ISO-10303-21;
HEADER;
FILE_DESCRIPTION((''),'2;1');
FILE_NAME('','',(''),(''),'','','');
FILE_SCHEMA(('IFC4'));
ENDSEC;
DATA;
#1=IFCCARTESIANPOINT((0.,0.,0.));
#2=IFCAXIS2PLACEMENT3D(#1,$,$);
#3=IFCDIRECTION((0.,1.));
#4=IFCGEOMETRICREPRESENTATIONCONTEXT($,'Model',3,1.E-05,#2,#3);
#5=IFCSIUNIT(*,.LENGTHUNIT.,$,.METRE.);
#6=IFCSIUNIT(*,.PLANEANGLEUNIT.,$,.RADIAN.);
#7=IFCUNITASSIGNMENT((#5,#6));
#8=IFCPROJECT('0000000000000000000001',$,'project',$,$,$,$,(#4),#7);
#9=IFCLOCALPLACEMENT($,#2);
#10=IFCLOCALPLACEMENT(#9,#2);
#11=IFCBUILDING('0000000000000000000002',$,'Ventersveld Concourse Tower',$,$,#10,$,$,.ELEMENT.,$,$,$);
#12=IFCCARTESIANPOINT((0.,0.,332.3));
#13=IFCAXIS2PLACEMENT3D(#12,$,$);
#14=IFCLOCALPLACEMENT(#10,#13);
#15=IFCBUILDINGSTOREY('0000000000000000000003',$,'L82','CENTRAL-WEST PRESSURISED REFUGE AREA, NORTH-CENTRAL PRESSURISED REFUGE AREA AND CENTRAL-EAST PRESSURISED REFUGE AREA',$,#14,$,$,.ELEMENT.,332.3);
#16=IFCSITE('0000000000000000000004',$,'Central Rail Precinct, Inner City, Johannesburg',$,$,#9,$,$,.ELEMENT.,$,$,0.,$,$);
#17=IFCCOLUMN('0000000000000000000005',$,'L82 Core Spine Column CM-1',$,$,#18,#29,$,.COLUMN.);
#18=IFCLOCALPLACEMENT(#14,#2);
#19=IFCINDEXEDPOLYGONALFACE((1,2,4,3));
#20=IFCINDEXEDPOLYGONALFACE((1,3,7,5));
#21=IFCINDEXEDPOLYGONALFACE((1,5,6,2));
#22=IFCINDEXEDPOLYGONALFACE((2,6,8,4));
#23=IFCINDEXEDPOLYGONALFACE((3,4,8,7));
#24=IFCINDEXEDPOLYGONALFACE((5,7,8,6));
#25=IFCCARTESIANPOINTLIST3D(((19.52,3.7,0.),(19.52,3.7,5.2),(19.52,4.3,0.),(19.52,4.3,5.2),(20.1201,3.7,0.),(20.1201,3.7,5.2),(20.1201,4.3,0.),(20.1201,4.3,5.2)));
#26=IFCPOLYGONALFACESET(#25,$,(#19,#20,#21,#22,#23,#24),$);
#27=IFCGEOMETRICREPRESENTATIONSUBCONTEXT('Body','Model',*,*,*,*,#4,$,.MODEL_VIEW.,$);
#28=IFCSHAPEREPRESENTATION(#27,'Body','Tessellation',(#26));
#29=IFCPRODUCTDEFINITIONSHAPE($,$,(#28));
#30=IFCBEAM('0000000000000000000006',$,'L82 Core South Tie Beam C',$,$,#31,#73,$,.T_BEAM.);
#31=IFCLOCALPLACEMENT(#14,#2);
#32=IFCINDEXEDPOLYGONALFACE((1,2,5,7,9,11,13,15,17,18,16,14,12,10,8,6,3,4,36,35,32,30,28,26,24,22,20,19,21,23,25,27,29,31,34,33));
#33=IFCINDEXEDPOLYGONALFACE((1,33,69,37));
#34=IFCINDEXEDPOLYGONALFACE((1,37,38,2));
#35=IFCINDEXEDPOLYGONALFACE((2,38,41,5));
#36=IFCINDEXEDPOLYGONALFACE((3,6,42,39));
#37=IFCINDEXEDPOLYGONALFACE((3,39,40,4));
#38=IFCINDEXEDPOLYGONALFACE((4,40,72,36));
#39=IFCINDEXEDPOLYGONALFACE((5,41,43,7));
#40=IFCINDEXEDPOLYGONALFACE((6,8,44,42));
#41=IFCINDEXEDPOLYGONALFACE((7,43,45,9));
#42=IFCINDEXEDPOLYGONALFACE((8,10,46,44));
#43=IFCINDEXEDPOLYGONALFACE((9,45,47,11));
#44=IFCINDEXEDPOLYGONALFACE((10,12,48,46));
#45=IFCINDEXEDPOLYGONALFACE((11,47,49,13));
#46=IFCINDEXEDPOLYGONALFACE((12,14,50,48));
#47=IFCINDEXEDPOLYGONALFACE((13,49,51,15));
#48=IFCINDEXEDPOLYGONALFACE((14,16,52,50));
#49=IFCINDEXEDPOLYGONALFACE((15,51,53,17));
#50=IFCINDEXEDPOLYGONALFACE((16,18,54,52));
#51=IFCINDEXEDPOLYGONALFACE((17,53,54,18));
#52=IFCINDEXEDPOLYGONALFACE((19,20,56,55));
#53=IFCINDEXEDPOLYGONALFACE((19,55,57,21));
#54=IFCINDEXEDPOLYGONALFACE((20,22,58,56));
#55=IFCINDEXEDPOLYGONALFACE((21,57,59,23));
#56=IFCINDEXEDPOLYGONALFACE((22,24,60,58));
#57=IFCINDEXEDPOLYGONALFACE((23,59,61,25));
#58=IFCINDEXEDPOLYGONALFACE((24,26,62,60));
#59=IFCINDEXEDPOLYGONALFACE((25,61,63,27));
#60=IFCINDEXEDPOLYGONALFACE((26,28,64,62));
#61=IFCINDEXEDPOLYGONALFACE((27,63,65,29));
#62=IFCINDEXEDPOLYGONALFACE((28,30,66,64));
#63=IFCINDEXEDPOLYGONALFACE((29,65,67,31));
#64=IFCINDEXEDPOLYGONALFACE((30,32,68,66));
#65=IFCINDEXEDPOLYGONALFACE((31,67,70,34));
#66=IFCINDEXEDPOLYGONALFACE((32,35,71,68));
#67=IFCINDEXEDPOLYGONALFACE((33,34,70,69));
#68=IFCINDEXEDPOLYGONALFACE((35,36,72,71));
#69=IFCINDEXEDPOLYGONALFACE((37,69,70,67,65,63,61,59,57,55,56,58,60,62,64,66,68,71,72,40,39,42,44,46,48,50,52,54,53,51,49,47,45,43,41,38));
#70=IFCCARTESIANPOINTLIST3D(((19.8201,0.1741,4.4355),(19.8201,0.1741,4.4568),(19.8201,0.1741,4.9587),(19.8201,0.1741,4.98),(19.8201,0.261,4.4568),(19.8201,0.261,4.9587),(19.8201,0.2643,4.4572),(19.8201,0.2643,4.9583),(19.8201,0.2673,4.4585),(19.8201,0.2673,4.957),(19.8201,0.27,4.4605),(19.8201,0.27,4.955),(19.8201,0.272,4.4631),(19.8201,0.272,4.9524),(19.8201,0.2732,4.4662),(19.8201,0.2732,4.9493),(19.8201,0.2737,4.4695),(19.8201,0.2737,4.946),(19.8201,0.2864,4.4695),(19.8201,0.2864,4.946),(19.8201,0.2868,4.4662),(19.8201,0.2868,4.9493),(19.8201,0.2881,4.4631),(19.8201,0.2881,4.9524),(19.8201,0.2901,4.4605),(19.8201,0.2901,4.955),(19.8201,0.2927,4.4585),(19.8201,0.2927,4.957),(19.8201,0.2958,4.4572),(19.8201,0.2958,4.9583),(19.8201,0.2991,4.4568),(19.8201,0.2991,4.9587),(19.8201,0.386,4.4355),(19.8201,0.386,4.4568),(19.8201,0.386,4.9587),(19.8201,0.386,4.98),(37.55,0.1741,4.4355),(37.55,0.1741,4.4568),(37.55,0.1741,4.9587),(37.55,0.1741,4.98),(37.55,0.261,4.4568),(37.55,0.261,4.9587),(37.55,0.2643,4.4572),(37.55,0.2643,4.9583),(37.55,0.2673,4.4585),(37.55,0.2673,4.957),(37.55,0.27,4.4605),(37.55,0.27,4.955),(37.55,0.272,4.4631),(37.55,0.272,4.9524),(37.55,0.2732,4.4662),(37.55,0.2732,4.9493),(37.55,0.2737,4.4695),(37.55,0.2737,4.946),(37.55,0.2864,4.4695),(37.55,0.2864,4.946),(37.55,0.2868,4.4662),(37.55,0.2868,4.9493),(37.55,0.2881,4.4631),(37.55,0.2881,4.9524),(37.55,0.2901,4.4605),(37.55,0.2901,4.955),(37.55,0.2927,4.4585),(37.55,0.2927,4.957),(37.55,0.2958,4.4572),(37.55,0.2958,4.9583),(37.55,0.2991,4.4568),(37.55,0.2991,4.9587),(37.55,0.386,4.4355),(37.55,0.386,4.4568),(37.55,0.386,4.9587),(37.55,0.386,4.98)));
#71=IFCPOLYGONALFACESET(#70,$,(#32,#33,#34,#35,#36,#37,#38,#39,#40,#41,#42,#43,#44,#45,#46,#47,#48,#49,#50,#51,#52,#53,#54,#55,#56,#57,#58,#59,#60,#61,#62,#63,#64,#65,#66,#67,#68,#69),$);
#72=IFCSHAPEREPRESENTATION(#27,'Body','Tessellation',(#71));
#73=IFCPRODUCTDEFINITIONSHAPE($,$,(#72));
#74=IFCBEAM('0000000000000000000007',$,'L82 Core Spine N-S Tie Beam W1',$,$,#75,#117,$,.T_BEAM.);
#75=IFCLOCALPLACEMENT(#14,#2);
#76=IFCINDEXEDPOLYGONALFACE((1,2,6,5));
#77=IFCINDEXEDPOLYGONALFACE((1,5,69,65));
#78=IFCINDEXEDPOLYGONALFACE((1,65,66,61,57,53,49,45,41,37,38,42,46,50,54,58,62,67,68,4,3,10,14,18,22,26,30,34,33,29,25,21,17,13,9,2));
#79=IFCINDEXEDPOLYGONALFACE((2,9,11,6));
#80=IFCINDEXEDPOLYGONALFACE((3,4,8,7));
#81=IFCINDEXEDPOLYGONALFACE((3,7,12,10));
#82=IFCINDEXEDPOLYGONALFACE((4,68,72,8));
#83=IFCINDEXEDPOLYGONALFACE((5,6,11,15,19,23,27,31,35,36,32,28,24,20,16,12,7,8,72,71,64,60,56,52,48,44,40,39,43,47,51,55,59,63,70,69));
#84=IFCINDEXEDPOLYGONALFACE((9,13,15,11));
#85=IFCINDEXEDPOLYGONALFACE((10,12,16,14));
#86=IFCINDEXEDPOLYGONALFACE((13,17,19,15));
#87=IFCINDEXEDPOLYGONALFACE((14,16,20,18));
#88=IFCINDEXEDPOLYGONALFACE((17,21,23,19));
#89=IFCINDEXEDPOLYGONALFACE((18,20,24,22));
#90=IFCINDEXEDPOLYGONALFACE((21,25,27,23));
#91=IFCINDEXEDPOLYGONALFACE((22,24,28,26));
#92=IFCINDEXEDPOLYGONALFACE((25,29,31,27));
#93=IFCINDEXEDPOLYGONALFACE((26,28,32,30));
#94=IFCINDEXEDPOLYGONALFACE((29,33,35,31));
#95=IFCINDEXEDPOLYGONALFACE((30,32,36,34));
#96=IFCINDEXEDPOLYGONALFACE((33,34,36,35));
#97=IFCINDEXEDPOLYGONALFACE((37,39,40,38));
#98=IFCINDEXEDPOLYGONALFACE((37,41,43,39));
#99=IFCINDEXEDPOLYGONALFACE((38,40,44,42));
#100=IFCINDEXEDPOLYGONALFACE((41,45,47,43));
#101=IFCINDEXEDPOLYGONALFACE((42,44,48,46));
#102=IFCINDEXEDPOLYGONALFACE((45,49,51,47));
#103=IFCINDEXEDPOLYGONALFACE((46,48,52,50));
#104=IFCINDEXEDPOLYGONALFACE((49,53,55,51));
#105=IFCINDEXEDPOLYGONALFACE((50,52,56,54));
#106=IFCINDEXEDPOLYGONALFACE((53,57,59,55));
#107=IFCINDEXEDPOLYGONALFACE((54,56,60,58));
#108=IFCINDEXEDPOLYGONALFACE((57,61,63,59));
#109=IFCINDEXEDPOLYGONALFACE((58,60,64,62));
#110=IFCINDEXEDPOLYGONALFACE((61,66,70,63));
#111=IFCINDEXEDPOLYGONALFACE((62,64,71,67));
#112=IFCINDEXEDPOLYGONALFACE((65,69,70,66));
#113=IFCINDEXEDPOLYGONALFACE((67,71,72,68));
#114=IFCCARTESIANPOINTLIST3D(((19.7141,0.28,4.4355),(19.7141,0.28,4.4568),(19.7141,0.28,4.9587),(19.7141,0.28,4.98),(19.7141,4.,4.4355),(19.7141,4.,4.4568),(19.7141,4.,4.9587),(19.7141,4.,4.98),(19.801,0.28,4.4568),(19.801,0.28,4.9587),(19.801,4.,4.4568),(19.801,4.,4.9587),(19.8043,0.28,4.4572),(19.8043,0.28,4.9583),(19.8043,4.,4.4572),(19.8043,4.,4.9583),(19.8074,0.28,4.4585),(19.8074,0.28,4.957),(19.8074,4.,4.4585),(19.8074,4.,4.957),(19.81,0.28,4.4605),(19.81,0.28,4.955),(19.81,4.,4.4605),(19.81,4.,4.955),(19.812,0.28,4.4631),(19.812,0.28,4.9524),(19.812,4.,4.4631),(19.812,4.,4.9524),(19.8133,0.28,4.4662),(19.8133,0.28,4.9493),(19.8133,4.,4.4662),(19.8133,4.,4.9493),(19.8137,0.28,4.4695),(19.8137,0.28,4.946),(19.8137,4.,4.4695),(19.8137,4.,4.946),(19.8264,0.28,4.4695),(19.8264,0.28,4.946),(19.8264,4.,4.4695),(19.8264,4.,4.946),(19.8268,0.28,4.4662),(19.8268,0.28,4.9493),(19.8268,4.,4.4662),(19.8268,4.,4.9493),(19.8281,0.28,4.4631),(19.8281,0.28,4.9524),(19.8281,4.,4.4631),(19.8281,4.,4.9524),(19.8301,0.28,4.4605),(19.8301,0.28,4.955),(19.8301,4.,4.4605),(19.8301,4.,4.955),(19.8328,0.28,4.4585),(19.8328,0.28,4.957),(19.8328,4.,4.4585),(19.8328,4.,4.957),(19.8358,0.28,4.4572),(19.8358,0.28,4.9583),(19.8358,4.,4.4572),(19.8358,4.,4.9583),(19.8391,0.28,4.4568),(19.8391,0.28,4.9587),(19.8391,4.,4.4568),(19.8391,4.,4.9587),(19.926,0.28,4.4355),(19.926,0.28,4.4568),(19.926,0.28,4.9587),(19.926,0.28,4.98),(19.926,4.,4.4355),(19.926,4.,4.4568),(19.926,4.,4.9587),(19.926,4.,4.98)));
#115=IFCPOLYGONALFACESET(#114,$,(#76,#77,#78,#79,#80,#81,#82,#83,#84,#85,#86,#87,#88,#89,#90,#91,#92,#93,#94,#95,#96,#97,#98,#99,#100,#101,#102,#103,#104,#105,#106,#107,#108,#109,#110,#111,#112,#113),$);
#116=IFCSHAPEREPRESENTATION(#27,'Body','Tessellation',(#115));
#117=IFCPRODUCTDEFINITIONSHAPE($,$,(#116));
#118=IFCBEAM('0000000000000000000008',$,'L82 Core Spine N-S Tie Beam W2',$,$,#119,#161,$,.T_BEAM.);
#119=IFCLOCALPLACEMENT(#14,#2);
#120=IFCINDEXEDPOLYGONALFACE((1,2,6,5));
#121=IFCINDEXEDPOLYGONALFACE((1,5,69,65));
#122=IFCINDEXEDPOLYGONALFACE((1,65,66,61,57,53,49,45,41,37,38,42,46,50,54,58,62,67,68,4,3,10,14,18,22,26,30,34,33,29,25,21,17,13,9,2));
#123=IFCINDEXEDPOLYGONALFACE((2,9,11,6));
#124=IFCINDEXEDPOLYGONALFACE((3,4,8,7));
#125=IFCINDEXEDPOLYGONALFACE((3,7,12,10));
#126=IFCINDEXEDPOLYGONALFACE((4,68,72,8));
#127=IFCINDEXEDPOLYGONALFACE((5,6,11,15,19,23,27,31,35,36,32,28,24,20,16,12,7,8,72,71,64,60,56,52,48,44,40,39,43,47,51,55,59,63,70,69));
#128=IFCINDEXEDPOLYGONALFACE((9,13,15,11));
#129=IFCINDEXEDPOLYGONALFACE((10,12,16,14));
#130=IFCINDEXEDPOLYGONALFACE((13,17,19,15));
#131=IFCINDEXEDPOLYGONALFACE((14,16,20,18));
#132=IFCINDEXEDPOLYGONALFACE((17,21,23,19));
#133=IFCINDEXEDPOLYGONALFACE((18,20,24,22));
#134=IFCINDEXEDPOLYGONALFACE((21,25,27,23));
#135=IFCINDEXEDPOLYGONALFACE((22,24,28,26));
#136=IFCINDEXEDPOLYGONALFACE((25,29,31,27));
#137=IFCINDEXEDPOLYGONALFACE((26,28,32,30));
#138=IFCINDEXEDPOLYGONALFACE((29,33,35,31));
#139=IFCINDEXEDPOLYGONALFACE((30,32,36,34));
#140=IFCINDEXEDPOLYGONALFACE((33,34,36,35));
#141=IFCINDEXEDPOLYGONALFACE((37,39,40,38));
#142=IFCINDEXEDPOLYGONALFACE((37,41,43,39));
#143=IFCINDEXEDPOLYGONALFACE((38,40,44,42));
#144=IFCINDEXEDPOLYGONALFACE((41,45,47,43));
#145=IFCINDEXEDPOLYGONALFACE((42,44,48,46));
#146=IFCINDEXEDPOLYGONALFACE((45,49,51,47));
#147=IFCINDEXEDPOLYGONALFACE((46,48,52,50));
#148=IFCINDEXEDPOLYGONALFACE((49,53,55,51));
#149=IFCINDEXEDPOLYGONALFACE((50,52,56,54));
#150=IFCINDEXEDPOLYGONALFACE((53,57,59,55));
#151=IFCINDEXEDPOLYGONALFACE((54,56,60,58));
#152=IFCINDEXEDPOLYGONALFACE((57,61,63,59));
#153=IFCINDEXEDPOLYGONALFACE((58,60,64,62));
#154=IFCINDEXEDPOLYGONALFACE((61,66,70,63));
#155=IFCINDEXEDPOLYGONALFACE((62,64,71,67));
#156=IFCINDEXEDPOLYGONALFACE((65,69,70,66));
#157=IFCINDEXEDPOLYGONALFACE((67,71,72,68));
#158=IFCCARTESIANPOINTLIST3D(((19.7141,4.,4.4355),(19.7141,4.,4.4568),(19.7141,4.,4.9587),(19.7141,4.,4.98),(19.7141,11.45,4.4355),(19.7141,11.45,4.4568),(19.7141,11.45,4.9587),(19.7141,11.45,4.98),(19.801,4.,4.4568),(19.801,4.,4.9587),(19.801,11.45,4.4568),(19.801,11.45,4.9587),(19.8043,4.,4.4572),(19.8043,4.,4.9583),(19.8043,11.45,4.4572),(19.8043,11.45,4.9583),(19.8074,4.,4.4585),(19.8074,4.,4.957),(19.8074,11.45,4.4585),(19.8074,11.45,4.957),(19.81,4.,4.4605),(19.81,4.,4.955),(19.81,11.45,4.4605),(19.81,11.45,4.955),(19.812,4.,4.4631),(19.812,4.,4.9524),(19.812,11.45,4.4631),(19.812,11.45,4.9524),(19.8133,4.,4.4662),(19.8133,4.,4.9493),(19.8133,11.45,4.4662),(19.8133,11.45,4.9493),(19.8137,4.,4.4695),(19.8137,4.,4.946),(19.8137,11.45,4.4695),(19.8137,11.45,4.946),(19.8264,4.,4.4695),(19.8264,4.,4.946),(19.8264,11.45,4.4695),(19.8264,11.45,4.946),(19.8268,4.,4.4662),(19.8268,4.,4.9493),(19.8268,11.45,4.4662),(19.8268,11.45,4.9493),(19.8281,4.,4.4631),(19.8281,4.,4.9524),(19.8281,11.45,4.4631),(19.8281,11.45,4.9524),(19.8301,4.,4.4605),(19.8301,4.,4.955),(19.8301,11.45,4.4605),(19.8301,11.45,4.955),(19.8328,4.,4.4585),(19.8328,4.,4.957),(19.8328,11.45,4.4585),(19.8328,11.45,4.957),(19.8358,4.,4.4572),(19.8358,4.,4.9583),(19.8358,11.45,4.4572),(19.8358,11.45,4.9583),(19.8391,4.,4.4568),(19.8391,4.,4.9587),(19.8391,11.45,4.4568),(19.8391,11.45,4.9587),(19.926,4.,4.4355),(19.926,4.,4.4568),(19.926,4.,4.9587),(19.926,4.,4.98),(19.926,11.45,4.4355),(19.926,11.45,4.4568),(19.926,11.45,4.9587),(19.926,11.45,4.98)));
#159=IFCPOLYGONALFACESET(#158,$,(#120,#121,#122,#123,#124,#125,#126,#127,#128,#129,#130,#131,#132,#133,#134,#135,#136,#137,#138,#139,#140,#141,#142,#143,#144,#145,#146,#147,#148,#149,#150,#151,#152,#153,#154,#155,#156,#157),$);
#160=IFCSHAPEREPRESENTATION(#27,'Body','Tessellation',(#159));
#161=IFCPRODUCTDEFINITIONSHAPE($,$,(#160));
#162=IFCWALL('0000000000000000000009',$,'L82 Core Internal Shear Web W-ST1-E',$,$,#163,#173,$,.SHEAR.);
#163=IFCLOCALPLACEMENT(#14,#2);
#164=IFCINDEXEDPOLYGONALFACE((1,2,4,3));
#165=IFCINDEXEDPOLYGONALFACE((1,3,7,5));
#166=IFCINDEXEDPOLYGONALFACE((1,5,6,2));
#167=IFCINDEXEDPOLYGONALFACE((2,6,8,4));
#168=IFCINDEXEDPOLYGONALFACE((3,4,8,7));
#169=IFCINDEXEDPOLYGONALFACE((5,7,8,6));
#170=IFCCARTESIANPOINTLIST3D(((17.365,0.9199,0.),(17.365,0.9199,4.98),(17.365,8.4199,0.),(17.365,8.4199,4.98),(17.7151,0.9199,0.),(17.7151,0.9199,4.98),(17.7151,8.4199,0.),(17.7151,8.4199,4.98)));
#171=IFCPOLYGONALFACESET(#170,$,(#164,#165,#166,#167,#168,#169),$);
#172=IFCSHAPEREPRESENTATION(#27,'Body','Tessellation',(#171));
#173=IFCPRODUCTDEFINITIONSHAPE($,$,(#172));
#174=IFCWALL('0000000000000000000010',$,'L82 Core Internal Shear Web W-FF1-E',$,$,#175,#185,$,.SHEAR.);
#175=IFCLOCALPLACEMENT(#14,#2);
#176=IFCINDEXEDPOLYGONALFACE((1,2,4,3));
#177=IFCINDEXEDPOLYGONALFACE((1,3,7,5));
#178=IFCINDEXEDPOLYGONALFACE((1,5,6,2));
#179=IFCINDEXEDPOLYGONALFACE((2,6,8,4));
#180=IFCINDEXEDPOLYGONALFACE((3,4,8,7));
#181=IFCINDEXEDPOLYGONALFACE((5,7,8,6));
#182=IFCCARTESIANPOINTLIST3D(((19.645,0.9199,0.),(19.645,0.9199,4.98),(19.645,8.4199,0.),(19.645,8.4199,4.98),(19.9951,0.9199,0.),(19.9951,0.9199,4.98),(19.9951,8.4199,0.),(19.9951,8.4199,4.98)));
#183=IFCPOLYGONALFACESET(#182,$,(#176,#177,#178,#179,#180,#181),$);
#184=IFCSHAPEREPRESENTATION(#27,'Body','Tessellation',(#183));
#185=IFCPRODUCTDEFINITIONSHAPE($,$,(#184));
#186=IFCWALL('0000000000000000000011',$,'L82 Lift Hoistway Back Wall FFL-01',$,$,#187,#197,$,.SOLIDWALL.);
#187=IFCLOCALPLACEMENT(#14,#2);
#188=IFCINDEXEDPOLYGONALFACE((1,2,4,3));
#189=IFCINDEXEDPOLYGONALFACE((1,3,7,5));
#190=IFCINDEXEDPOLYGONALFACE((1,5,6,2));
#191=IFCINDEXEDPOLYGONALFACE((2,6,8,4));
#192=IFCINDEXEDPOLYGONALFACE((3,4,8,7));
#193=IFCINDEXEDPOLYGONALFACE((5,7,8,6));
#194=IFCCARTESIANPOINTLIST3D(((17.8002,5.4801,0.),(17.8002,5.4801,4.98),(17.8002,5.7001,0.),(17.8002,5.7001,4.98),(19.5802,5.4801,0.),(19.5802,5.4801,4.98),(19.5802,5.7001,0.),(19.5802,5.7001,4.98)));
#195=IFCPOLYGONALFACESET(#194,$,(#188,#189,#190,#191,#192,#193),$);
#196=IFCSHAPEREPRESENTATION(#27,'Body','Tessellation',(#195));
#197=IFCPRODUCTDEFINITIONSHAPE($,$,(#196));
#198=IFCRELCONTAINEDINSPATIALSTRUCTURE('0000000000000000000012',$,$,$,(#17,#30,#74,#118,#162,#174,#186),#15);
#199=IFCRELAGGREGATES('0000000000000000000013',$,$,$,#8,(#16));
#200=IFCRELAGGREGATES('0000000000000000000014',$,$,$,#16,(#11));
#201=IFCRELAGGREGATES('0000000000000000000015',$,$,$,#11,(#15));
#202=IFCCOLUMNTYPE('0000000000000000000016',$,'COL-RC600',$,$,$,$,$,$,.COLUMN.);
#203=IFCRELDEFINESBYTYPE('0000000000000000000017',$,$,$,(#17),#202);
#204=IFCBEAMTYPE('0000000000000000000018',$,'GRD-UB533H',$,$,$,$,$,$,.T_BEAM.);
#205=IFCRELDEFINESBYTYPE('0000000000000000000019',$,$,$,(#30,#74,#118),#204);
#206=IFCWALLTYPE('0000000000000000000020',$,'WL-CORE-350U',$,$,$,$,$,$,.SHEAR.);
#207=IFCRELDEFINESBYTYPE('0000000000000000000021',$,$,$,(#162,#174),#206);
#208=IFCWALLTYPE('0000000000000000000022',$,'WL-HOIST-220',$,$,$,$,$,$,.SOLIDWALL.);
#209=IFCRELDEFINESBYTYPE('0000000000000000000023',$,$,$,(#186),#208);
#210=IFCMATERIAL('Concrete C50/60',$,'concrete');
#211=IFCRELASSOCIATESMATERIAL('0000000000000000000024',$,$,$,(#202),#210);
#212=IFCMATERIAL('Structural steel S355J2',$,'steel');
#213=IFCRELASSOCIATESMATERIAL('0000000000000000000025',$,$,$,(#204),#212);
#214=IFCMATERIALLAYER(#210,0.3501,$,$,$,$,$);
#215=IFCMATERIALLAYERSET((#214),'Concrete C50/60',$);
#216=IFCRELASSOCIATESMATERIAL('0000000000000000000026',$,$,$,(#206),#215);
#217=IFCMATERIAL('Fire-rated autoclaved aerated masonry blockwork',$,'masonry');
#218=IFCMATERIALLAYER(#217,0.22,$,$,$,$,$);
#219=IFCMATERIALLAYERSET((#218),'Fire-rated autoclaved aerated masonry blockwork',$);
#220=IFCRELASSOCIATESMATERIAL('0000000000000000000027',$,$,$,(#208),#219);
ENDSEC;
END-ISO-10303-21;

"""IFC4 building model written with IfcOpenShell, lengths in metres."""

from ifc_helpers import new_model, si_unit, direction, frame, frame_2d, origin, origin_2d, place, context, subcontext, project, spatial, rectangle, i_section, extrude, material, layer, layer_set, material_profile, profile_set, type_object, element, save


model = new_model("IFC4")

# Units and contexts
model_context = context("Model", 3, precision=1e-05, world=origin(), true_north=direction((0.0, 1.0)))
body_context = subcontext(model_context, "Body", "Model", "MODEL_VIEW")
ifc_project = project(units=[si_unit("LENGTHUNIT", "METRE"), si_unit("PLANEANGLEUNIT", "RADIAN")], contexts=[model_context])

# Site, building, storey
site_placement = place(None, origin())
site = spatial("IfcSite", under=ifc_project, at=site_placement, Name="Central Rail Precinct, Inner City, Johannesburg", CompositionType="ELEMENT", RefElevation=0.0)
building_placement = place(site_placement, origin())
building = spatial("IfcBuilding", under=site, at=building_placement, Name="Ventersveld Concourse Tower", CompositionType="ELEMENT")
storey_placement = place(building_placement, frame((0.0, 0.0, 332.3)))
storey = spatial("IfcBuildingStorey", under=building, at=storey_placement, Name="L82", Description="CENTRAL-WEST PRESSURISED REFUGE AREA, NORTH-CENTRAL PRESSURISED REFUGE AREA AND CENTRAL-EAST PRESSURISED REFUGE AREA", CompositionType="ELEMENT", Elevation=332.3)

# Column
ifc_material_1 = material(Name="Concrete C50/60", Category="concrete")
ifc_material_profile_1 = material_profile(ifc_material_1, rectangle(XDim=0.6001, YDim=0.6001, at=origin_2d()), Name="RC 600x600")
ifc_profile_set_1 = profile_set([ifc_material_profile_1], Name="Concrete C50/60")
column_type = type_object("IfcColumnType", Name="COL-RC600", PredefinedType="COLUMN", material=ifc_profile_set_1)
column_placement = place(storey_placement, frame((19.8201, 4.0, 0.0), z_axis=(0.0, 0.0, 1.0), x_axis=(1.0, 0.0, 0.0)))
element("IfcColumn", 1, at=column_placement, inside=storey, type_object=column_type, Name="L82 Core Spine Column CM-1", PredefinedType="COLUMN", context=body_context, shape_type="SweptSolid", body=[
    extrude(rectangle(XDim=0.6001, YDim=0.6001, at=origin_2d()), origin(), (0.0, 0.0, 1.0), 5.2),
])

# Beams
ifc_material_2 = material(Name="Structural steel S355J2", Category="steel")
ifc_material_profile_2 = material_profile(ifc_material_2, i_section(OverallWidth=0.2119, OverallDepth=0.5444, WebThickness=0.0127, FlangeThickness=0.0212, FilletRadius=0.0127, at=origin_2d()), Name="UB 533x210x122")
ifc_profile_set_2 = profile_set([ifc_material_profile_2], Name="Structural steel S355J2")
beam_type = type_object("IfcBeamType", Name="GRD-UB533H", PredefinedType="T_BEAM", material=ifc_profile_set_2)
beam_1_placement = place(storey_placement, frame((19.8201, 0.28, 4.7078), z_axis=(1.0, 0.0, 0.0), x_axis=(0.0, 1.0, 0.0)))
element("IfcBeam", 2, at=beam_1_placement, inside=storey, type_object=beam_type, Name="L82 Core South Tie Beam C", PredefinedType="T_BEAM", context=body_context, shape_type="SweptSolid", body=[
    extrude(i_section(OverallWidth=0.2119, OverallDepth=0.5444, WebThickness=0.0127, FlangeThickness=0.0212, FilletRadius=0.0127, at=origin_2d()), origin(), (0.0, 0.0, 1.0), 17.73),
])
beam_2_placement = place(storey_placement, frame((19.8201, 0.28, 4.7078), z_axis=(0.0, 1.0, 0.0), x_axis=(-1.0, 0.0, 0.0)))
element("IfcBeam", 3, at=beam_2_placement, inside=storey, type_object=beam_type, Name="L82 Core Spine N-S Tie Beam W1", PredefinedType="T_BEAM", context=body_context, shape_type="SweptSolid", body=[
    extrude(i_section(OverallWidth=0.2119, OverallDepth=0.5444, WebThickness=0.0127, FlangeThickness=0.0212, FilletRadius=0.0127, at=origin_2d()), origin(), (0.0, 0.0, 1.0), 3.72),
])
beam_3_placement = place(storey_placement, frame((19.8201, 4.0, 4.7078), z_axis=(0.0, 1.0, 0.0), x_axis=(-1.0, 0.0, 0.0)))
element("IfcBeam", 4, at=beam_3_placement, inside=storey, type_object=beam_type, Name="L82 Core Spine N-S Tie Beam W2", PredefinedType="T_BEAM", context=body_context, shape_type="SweptSolid", body=[
    extrude(i_section(OverallWidth=0.2119, OverallDepth=0.5444, WebThickness=0.0127, FlangeThickness=0.0212, FilletRadius=0.0127, at=origin_2d()), origin(), (0.0, 0.0, 1.0), 7.45),
])

# Walls
ifc_layer_1 = layer(ifc_material_1, 0.3501)
ifc_layer_set_1 = layer_set([ifc_layer_1], Name="Concrete C50/60")
wall_type_1 = type_object("IfcWallType", Name="WL-CORE-350U", PredefinedType="SHEAR", material=ifc_layer_set_1)
for number, where, z_axis, x_axis, name in (
    (5, (17.54, 0.9199, 0.0), (0.0, 0.0, 1.0), (0.0, 1.0, 0.0), "L82 Core Internal Shear Web W-ST1-E"),
    (6, (19.8201, 0.9199, 0.0), (0.0, 0.0, 1.0), (0.0, 1.0, 0.0), "L82 Core Internal Shear Web W-FF1-E"),
):
    element("IfcWall", number, at=place(storey_placement, frame(where, z_axis=z_axis, x_axis=x_axis)), inside=storey, type_object=wall_type_1, Name=name, PredefinedType="SHEAR", context=body_context, shape_type="SweptSolid", body=[
        extrude(rectangle(XDim=7.5, YDim=0.3501, at=frame_2d((3.75, 0.0))), origin(), (0.0, 0.0, 1.0), 4.98),
    ])
ifc_material_3 = material(Name="Fire-rated autoclaved aerated masonry blockwork", Category="masonry")
ifc_layer_2 = layer(ifc_material_3, 0.22)
ifc_layer_set_2 = layer_set([ifc_layer_2], Name="Fire-rated autoclaved aerated masonry blockwork")
wall_type_2 = type_object("IfcWallType", Name="WL-HOIST-220", PredefinedType="SOLIDWALL", material=ifc_layer_set_2)
wall_1_placement = place(storey_placement, frame((17.8, 5.5901, 0.0), z_axis=(0.0, 0.0, 1.0), x_axis=(1.0, 0.0, 0.0)))
element("IfcWall", 7, at=wall_1_placement, inside=storey, type_object=wall_type_2, Name="L82 Lift Hoistway Back Wall FFL-01", PredefinedType="SOLIDWALL", context=body_context, shape_type="SweptSolid", body=[
    extrude(rectangle(XDim=1.78, YDim=0.22, at=frame_2d((0.8901, 0.0))), origin(), (0.0, 0.0, 1.0), 4.98),
])

save(model, "model.ifc")
